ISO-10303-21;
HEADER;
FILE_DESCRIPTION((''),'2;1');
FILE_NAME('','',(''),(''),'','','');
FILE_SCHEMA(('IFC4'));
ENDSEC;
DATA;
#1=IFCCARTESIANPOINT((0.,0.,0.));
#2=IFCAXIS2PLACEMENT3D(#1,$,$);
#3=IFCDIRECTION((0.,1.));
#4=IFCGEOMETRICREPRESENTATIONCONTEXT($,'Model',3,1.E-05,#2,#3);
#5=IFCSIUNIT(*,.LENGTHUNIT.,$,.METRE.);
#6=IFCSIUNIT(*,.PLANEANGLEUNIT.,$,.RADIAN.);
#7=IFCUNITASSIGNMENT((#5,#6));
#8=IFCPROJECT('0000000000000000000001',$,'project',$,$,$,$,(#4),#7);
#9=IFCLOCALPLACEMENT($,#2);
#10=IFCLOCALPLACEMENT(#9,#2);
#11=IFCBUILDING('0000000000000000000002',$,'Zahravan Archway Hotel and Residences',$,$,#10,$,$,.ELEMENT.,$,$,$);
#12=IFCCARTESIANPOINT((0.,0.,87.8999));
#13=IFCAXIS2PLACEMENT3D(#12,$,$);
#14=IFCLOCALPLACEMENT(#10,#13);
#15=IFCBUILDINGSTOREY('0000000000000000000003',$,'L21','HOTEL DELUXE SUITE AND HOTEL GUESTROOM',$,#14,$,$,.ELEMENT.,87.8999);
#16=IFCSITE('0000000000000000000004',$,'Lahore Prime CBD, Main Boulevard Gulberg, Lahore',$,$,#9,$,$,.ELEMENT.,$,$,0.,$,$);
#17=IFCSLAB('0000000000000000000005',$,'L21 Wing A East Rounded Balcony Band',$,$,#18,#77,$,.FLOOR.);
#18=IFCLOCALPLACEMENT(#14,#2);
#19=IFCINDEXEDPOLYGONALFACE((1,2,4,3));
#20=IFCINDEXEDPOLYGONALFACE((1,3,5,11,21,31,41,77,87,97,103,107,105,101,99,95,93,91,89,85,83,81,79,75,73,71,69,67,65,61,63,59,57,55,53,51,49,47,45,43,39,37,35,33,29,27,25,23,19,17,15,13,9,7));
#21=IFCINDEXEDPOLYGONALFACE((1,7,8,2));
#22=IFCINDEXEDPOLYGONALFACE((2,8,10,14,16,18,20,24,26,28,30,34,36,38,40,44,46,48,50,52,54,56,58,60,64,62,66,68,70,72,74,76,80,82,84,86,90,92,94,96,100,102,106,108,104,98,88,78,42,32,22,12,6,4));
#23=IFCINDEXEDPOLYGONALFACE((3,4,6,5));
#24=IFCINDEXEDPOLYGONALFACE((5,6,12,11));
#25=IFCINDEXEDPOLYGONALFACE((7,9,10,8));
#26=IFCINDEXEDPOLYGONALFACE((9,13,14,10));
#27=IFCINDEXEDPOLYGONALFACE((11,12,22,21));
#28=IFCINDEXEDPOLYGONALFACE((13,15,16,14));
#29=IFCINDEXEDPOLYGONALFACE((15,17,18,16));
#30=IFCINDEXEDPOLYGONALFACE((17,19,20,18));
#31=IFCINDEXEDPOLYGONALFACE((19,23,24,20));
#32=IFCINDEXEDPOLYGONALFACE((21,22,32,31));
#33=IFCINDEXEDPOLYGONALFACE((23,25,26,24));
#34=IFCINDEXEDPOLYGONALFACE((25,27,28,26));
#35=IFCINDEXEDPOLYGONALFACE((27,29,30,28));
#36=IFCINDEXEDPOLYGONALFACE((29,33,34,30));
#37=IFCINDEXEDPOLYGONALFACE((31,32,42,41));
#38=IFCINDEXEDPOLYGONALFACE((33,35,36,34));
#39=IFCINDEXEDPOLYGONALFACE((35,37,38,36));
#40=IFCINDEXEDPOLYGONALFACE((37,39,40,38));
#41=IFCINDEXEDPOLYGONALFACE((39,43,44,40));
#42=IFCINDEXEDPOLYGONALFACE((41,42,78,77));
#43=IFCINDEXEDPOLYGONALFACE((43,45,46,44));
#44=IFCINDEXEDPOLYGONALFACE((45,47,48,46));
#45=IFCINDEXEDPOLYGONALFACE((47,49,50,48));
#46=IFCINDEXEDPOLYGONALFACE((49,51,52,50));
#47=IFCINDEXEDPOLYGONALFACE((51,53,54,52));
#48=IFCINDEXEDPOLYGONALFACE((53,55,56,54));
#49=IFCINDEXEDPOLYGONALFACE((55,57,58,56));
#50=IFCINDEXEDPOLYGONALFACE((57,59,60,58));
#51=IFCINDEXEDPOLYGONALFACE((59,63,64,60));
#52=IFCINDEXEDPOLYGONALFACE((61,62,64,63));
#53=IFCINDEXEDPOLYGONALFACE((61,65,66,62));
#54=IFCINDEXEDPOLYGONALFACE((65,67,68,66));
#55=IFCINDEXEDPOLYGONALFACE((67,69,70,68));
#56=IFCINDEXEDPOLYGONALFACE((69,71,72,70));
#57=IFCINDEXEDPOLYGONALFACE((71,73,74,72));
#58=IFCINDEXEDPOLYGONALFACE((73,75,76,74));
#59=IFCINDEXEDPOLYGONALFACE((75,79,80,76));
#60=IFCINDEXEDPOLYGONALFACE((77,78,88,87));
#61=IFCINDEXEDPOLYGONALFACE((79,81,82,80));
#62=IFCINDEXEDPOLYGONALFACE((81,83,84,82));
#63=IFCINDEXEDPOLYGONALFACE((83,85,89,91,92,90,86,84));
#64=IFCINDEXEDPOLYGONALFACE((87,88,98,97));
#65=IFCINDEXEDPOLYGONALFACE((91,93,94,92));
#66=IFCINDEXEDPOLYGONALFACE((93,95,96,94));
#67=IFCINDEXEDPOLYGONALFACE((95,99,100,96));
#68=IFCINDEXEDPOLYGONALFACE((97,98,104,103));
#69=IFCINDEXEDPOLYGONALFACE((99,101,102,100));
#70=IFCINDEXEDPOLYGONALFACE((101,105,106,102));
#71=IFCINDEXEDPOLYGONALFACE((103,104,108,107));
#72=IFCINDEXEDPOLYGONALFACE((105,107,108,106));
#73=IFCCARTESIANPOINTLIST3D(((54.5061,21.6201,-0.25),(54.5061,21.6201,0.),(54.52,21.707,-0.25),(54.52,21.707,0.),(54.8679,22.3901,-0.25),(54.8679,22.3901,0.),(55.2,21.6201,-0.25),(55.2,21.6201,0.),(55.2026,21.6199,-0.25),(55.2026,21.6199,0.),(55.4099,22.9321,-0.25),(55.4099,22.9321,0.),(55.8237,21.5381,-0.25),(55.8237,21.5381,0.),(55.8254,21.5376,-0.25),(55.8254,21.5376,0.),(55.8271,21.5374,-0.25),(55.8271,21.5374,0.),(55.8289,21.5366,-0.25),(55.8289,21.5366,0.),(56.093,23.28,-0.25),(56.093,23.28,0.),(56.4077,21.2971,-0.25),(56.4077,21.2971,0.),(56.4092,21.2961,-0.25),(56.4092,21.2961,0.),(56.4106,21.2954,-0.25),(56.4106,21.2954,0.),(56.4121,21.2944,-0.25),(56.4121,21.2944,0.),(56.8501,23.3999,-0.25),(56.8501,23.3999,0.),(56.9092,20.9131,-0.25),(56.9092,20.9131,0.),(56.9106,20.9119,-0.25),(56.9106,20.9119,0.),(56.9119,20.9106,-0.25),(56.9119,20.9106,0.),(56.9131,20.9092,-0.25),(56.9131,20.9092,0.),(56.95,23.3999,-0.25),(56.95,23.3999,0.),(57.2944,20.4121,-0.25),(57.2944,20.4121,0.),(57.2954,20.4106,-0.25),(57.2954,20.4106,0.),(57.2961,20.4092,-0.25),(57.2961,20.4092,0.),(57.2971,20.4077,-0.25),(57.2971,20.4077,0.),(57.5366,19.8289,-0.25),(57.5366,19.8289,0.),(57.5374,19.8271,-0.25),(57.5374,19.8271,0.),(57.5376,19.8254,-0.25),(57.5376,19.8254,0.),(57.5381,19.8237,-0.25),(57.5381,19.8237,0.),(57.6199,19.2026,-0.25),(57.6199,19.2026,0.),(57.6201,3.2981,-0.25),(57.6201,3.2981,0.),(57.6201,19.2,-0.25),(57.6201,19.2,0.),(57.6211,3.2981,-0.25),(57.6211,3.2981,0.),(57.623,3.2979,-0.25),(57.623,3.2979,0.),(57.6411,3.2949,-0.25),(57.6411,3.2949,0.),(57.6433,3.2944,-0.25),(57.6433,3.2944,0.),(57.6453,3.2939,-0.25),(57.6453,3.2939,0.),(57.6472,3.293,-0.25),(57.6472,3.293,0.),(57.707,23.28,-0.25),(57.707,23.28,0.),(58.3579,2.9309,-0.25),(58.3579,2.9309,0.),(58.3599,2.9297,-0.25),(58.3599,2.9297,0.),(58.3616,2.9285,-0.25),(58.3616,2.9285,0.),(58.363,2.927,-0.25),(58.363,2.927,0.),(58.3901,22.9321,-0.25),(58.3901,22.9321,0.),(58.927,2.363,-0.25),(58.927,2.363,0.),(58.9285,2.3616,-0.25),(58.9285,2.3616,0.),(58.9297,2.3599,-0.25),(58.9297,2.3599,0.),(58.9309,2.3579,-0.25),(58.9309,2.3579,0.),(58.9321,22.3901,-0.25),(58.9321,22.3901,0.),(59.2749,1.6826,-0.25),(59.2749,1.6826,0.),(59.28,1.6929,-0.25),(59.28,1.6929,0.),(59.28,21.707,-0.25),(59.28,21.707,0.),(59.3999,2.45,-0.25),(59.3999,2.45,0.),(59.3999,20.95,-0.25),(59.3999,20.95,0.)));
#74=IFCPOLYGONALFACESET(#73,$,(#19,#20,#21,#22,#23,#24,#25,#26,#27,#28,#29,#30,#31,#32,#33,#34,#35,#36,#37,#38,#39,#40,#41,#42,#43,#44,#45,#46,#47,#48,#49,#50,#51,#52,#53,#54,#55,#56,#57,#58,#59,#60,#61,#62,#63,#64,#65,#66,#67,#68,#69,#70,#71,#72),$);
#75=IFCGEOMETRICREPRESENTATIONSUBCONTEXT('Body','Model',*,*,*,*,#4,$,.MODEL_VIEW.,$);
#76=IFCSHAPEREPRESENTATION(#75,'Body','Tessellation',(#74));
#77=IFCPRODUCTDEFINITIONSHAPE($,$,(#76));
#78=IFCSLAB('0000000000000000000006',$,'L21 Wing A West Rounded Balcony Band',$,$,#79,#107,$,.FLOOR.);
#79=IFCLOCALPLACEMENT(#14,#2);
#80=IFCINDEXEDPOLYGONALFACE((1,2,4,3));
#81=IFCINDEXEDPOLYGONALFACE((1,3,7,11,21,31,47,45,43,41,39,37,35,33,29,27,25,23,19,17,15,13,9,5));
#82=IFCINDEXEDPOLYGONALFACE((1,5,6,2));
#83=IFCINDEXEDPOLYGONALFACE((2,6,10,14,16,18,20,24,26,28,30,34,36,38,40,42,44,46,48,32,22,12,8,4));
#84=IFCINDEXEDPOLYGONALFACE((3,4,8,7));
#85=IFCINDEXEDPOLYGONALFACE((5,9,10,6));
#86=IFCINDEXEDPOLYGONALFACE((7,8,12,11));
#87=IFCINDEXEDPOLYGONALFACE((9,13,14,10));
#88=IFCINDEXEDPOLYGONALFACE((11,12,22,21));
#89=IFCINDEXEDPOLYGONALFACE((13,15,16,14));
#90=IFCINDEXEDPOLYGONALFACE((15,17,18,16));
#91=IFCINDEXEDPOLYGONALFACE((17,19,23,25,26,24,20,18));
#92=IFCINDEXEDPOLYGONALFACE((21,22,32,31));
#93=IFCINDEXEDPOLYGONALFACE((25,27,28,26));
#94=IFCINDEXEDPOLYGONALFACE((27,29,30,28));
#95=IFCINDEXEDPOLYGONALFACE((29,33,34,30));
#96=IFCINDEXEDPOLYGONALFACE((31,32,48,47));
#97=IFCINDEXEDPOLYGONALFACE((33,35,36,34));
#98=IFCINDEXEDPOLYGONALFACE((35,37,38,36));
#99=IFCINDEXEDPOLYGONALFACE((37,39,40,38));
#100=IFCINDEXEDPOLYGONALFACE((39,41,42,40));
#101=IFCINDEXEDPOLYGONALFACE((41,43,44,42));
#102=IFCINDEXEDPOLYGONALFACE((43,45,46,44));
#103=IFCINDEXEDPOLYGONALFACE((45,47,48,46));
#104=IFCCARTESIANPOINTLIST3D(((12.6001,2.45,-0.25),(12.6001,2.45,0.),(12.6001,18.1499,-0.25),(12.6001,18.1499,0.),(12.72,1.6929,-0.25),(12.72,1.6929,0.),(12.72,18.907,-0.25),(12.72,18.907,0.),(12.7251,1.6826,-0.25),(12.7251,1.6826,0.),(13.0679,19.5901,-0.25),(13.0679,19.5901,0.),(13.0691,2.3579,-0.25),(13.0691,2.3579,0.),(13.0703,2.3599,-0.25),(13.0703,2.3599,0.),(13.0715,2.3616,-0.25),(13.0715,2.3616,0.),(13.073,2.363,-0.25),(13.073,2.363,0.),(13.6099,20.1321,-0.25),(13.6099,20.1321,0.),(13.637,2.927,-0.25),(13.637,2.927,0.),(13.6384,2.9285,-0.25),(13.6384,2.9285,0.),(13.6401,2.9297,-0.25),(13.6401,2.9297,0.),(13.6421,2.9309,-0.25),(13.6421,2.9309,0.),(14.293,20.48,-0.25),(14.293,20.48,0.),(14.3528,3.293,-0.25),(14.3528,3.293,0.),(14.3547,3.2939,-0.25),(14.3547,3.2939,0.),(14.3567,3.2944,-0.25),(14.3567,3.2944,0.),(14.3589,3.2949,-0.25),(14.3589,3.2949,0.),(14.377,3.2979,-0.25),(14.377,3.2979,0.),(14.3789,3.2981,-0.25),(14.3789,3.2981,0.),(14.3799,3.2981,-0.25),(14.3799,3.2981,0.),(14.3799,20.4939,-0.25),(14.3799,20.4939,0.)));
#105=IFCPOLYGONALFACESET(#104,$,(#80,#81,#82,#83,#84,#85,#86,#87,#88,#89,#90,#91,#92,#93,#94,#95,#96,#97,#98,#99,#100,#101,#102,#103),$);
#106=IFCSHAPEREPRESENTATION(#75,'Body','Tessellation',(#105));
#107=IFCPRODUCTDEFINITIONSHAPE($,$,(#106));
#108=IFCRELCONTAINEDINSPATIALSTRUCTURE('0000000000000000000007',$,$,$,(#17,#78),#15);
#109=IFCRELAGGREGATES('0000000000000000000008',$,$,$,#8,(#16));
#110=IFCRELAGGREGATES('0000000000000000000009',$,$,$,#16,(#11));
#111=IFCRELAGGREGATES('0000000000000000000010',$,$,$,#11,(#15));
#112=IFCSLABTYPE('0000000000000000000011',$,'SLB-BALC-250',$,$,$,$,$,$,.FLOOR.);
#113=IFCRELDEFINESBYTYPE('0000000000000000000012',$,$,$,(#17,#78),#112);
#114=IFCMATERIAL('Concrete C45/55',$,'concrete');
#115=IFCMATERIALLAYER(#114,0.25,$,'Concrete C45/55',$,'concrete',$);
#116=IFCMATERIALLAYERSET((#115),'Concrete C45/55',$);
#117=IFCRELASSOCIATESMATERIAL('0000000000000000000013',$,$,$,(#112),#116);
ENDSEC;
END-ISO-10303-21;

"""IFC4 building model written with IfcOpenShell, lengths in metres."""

from ifc_helpers import new_model, si_unit, direction, frame, origin, place, context, subcontext, project, spatial, polyline, outline, extrude, material, layer, layer_set, type_object, element, save


model = new_model("IFC4")

# Units and contexts
model_context = context("Model", 3, precision=1e-05, world=origin(), true_north=direction((0.0, 1.0)))
body_context = subcontext(model_context, "Body", "Model", "MODEL_VIEW")
ifc_project = project(units=[si_unit("LENGTHUNIT", "METRE"), si_unit("PLANEANGLEUNIT", "RADIAN")], contexts=[model_context])

# Site, building, storey
site_placement = place(None, origin())
site = spatial("IfcSite", under=ifc_project, at=site_placement, Name="Lahore Prime CBD, Main Boulevard Gulberg, Lahore", CompositionType="ELEMENT", RefElevation=0.0)
building_placement = place(site_placement, origin())
building = spatial("IfcBuilding", under=site, at=building_placement, Name="Zahravan Archway Hotel and Residences", CompositionType="ELEMENT")
storey_placement = place(building_placement, frame((0.0, 0.0, 87.8999)))
storey = spatial("IfcBuildingStorey", under=building, at=storey_placement, Name="L21", Description="HOTEL DELUXE SUITE AND HOTEL GUESTROOM", CompositionType="ELEMENT", Elevation=87.8999)

# Slabs
ifc_material_1 = material(Name="Concrete C45/55", Category="concrete")
ifc_layer_1 = layer(ifc_material_1, 0.25, Name="Concrete C45/55", Category="concrete")
ifc_layer_set_1 = layer_set([ifc_layer_1], Name="Concrete C45/55")
slab_type_1 = type_object("IfcSlabType", Name="SLB-BALC-250", PredefinedType="FLOOR", material=ifc_layer_set_1)
slab_1_placement = place(storey_placement, frame((0.0, 0.0, -0.25)))
element("IfcSlab", 1, at=slab_1_placement, inside=storey, type_object=slab_type_1, Name="L21 Wing A East Rounded Balcony Band", PredefinedType="FLOOR", context=body_context, shape_type="SweptSolid", body=[
    extrude(outline(polyline([(54.52, 21.707), (54.8679, 22.3901), (55.4099, 22.9321), (56.093, 23.28), (56.8501, 23.3999), (56.95, 23.3999), (57.707, 23.28), (58.3901, 22.9321), (58.9321, 22.3901), (59.28, 21.707), (59.3999, 20.95), (59.3999, 2.45), (59.28, 1.6929), (59.2749, 1.6826), (58.9309, 2.3579), (58.9297, 2.3599), (58.9285, 2.3616), (58.927, 2.363), (58.363, 2.927), (58.3616, 2.9285), (58.3599, 2.9297), (58.3579, 2.9309), (57.6472, 3.293), (57.6453, 3.2939), (57.6433, 3.2944), (57.6411, 3.2949), (57.623, 3.2979), (57.6211, 3.2981), (57.6201, 3.2981), (57.6201, 19.2), (57.6199, 19.2026), (57.5381, 19.8237), (57.5376, 19.8254), (57.5374, 19.8271), (57.5366, 19.8289), (57.2971, 20.4077), (57.2961, 20.4092), (57.2954, 20.4106), (57.2944, 20.4121), (56.9131, 20.9092), (56.9119, 20.9106), (56.9106, 20.9119), (56.9092, 20.9131), (56.4121, 21.2944), (56.4106, 21.2954), (56.4092, 21.2961), (56.4077, 21.2971), (55.8289, 21.5366), (55.8271, 21.5374), (55.8254, 21.5376), (55.8237, 21.5381), (55.2026, 21.6199), (55.2, 21.6201), (54.5061, 21.6201), (54.52, 21.707)])), origin(), (0.0, 0.0, 1.0), 0.25),
])
slab_2_placement = place(storey_placement, frame((0.0, 0.0, -0.25)))
element("IfcSlab", 2, at=slab_2_placement, inside=storey, type_object=slab_type_1, Name="L21 Wing A West Rounded Balcony Band", PredefinedType="FLOOR", context=body_context, shape_type="SweptSolid", body=[
    extrude(outline(polyline([(12.72, 1.6929), (12.6001, 2.45), (12.6001, 18.1499), (12.72, 18.907), (13.0679, 19.5901), (13.6099, 20.1321), (14.293, 20.48), (14.3799, 20.4939), (14.3799, 3.2981), (14.3789, 3.2981), (14.377, 3.2979), (14.3589, 3.2949), (14.3567, 3.2944), (14.3547, 3.2939), (14.3528, 3.293), (13.6421, 2.9309), (13.6401, 2.9297), (13.6384, 2.9285), (13.637, 2.927), (13.073, 2.363), (13.0715, 2.3616), (13.0703, 2.3599), (13.0691, 2.3579), (12.7251, 1.6826), (12.72, 1.6929)])), origin(), (0.0, 0.0, 1.0), 0.25),
])

save(model, "model.ifc")
